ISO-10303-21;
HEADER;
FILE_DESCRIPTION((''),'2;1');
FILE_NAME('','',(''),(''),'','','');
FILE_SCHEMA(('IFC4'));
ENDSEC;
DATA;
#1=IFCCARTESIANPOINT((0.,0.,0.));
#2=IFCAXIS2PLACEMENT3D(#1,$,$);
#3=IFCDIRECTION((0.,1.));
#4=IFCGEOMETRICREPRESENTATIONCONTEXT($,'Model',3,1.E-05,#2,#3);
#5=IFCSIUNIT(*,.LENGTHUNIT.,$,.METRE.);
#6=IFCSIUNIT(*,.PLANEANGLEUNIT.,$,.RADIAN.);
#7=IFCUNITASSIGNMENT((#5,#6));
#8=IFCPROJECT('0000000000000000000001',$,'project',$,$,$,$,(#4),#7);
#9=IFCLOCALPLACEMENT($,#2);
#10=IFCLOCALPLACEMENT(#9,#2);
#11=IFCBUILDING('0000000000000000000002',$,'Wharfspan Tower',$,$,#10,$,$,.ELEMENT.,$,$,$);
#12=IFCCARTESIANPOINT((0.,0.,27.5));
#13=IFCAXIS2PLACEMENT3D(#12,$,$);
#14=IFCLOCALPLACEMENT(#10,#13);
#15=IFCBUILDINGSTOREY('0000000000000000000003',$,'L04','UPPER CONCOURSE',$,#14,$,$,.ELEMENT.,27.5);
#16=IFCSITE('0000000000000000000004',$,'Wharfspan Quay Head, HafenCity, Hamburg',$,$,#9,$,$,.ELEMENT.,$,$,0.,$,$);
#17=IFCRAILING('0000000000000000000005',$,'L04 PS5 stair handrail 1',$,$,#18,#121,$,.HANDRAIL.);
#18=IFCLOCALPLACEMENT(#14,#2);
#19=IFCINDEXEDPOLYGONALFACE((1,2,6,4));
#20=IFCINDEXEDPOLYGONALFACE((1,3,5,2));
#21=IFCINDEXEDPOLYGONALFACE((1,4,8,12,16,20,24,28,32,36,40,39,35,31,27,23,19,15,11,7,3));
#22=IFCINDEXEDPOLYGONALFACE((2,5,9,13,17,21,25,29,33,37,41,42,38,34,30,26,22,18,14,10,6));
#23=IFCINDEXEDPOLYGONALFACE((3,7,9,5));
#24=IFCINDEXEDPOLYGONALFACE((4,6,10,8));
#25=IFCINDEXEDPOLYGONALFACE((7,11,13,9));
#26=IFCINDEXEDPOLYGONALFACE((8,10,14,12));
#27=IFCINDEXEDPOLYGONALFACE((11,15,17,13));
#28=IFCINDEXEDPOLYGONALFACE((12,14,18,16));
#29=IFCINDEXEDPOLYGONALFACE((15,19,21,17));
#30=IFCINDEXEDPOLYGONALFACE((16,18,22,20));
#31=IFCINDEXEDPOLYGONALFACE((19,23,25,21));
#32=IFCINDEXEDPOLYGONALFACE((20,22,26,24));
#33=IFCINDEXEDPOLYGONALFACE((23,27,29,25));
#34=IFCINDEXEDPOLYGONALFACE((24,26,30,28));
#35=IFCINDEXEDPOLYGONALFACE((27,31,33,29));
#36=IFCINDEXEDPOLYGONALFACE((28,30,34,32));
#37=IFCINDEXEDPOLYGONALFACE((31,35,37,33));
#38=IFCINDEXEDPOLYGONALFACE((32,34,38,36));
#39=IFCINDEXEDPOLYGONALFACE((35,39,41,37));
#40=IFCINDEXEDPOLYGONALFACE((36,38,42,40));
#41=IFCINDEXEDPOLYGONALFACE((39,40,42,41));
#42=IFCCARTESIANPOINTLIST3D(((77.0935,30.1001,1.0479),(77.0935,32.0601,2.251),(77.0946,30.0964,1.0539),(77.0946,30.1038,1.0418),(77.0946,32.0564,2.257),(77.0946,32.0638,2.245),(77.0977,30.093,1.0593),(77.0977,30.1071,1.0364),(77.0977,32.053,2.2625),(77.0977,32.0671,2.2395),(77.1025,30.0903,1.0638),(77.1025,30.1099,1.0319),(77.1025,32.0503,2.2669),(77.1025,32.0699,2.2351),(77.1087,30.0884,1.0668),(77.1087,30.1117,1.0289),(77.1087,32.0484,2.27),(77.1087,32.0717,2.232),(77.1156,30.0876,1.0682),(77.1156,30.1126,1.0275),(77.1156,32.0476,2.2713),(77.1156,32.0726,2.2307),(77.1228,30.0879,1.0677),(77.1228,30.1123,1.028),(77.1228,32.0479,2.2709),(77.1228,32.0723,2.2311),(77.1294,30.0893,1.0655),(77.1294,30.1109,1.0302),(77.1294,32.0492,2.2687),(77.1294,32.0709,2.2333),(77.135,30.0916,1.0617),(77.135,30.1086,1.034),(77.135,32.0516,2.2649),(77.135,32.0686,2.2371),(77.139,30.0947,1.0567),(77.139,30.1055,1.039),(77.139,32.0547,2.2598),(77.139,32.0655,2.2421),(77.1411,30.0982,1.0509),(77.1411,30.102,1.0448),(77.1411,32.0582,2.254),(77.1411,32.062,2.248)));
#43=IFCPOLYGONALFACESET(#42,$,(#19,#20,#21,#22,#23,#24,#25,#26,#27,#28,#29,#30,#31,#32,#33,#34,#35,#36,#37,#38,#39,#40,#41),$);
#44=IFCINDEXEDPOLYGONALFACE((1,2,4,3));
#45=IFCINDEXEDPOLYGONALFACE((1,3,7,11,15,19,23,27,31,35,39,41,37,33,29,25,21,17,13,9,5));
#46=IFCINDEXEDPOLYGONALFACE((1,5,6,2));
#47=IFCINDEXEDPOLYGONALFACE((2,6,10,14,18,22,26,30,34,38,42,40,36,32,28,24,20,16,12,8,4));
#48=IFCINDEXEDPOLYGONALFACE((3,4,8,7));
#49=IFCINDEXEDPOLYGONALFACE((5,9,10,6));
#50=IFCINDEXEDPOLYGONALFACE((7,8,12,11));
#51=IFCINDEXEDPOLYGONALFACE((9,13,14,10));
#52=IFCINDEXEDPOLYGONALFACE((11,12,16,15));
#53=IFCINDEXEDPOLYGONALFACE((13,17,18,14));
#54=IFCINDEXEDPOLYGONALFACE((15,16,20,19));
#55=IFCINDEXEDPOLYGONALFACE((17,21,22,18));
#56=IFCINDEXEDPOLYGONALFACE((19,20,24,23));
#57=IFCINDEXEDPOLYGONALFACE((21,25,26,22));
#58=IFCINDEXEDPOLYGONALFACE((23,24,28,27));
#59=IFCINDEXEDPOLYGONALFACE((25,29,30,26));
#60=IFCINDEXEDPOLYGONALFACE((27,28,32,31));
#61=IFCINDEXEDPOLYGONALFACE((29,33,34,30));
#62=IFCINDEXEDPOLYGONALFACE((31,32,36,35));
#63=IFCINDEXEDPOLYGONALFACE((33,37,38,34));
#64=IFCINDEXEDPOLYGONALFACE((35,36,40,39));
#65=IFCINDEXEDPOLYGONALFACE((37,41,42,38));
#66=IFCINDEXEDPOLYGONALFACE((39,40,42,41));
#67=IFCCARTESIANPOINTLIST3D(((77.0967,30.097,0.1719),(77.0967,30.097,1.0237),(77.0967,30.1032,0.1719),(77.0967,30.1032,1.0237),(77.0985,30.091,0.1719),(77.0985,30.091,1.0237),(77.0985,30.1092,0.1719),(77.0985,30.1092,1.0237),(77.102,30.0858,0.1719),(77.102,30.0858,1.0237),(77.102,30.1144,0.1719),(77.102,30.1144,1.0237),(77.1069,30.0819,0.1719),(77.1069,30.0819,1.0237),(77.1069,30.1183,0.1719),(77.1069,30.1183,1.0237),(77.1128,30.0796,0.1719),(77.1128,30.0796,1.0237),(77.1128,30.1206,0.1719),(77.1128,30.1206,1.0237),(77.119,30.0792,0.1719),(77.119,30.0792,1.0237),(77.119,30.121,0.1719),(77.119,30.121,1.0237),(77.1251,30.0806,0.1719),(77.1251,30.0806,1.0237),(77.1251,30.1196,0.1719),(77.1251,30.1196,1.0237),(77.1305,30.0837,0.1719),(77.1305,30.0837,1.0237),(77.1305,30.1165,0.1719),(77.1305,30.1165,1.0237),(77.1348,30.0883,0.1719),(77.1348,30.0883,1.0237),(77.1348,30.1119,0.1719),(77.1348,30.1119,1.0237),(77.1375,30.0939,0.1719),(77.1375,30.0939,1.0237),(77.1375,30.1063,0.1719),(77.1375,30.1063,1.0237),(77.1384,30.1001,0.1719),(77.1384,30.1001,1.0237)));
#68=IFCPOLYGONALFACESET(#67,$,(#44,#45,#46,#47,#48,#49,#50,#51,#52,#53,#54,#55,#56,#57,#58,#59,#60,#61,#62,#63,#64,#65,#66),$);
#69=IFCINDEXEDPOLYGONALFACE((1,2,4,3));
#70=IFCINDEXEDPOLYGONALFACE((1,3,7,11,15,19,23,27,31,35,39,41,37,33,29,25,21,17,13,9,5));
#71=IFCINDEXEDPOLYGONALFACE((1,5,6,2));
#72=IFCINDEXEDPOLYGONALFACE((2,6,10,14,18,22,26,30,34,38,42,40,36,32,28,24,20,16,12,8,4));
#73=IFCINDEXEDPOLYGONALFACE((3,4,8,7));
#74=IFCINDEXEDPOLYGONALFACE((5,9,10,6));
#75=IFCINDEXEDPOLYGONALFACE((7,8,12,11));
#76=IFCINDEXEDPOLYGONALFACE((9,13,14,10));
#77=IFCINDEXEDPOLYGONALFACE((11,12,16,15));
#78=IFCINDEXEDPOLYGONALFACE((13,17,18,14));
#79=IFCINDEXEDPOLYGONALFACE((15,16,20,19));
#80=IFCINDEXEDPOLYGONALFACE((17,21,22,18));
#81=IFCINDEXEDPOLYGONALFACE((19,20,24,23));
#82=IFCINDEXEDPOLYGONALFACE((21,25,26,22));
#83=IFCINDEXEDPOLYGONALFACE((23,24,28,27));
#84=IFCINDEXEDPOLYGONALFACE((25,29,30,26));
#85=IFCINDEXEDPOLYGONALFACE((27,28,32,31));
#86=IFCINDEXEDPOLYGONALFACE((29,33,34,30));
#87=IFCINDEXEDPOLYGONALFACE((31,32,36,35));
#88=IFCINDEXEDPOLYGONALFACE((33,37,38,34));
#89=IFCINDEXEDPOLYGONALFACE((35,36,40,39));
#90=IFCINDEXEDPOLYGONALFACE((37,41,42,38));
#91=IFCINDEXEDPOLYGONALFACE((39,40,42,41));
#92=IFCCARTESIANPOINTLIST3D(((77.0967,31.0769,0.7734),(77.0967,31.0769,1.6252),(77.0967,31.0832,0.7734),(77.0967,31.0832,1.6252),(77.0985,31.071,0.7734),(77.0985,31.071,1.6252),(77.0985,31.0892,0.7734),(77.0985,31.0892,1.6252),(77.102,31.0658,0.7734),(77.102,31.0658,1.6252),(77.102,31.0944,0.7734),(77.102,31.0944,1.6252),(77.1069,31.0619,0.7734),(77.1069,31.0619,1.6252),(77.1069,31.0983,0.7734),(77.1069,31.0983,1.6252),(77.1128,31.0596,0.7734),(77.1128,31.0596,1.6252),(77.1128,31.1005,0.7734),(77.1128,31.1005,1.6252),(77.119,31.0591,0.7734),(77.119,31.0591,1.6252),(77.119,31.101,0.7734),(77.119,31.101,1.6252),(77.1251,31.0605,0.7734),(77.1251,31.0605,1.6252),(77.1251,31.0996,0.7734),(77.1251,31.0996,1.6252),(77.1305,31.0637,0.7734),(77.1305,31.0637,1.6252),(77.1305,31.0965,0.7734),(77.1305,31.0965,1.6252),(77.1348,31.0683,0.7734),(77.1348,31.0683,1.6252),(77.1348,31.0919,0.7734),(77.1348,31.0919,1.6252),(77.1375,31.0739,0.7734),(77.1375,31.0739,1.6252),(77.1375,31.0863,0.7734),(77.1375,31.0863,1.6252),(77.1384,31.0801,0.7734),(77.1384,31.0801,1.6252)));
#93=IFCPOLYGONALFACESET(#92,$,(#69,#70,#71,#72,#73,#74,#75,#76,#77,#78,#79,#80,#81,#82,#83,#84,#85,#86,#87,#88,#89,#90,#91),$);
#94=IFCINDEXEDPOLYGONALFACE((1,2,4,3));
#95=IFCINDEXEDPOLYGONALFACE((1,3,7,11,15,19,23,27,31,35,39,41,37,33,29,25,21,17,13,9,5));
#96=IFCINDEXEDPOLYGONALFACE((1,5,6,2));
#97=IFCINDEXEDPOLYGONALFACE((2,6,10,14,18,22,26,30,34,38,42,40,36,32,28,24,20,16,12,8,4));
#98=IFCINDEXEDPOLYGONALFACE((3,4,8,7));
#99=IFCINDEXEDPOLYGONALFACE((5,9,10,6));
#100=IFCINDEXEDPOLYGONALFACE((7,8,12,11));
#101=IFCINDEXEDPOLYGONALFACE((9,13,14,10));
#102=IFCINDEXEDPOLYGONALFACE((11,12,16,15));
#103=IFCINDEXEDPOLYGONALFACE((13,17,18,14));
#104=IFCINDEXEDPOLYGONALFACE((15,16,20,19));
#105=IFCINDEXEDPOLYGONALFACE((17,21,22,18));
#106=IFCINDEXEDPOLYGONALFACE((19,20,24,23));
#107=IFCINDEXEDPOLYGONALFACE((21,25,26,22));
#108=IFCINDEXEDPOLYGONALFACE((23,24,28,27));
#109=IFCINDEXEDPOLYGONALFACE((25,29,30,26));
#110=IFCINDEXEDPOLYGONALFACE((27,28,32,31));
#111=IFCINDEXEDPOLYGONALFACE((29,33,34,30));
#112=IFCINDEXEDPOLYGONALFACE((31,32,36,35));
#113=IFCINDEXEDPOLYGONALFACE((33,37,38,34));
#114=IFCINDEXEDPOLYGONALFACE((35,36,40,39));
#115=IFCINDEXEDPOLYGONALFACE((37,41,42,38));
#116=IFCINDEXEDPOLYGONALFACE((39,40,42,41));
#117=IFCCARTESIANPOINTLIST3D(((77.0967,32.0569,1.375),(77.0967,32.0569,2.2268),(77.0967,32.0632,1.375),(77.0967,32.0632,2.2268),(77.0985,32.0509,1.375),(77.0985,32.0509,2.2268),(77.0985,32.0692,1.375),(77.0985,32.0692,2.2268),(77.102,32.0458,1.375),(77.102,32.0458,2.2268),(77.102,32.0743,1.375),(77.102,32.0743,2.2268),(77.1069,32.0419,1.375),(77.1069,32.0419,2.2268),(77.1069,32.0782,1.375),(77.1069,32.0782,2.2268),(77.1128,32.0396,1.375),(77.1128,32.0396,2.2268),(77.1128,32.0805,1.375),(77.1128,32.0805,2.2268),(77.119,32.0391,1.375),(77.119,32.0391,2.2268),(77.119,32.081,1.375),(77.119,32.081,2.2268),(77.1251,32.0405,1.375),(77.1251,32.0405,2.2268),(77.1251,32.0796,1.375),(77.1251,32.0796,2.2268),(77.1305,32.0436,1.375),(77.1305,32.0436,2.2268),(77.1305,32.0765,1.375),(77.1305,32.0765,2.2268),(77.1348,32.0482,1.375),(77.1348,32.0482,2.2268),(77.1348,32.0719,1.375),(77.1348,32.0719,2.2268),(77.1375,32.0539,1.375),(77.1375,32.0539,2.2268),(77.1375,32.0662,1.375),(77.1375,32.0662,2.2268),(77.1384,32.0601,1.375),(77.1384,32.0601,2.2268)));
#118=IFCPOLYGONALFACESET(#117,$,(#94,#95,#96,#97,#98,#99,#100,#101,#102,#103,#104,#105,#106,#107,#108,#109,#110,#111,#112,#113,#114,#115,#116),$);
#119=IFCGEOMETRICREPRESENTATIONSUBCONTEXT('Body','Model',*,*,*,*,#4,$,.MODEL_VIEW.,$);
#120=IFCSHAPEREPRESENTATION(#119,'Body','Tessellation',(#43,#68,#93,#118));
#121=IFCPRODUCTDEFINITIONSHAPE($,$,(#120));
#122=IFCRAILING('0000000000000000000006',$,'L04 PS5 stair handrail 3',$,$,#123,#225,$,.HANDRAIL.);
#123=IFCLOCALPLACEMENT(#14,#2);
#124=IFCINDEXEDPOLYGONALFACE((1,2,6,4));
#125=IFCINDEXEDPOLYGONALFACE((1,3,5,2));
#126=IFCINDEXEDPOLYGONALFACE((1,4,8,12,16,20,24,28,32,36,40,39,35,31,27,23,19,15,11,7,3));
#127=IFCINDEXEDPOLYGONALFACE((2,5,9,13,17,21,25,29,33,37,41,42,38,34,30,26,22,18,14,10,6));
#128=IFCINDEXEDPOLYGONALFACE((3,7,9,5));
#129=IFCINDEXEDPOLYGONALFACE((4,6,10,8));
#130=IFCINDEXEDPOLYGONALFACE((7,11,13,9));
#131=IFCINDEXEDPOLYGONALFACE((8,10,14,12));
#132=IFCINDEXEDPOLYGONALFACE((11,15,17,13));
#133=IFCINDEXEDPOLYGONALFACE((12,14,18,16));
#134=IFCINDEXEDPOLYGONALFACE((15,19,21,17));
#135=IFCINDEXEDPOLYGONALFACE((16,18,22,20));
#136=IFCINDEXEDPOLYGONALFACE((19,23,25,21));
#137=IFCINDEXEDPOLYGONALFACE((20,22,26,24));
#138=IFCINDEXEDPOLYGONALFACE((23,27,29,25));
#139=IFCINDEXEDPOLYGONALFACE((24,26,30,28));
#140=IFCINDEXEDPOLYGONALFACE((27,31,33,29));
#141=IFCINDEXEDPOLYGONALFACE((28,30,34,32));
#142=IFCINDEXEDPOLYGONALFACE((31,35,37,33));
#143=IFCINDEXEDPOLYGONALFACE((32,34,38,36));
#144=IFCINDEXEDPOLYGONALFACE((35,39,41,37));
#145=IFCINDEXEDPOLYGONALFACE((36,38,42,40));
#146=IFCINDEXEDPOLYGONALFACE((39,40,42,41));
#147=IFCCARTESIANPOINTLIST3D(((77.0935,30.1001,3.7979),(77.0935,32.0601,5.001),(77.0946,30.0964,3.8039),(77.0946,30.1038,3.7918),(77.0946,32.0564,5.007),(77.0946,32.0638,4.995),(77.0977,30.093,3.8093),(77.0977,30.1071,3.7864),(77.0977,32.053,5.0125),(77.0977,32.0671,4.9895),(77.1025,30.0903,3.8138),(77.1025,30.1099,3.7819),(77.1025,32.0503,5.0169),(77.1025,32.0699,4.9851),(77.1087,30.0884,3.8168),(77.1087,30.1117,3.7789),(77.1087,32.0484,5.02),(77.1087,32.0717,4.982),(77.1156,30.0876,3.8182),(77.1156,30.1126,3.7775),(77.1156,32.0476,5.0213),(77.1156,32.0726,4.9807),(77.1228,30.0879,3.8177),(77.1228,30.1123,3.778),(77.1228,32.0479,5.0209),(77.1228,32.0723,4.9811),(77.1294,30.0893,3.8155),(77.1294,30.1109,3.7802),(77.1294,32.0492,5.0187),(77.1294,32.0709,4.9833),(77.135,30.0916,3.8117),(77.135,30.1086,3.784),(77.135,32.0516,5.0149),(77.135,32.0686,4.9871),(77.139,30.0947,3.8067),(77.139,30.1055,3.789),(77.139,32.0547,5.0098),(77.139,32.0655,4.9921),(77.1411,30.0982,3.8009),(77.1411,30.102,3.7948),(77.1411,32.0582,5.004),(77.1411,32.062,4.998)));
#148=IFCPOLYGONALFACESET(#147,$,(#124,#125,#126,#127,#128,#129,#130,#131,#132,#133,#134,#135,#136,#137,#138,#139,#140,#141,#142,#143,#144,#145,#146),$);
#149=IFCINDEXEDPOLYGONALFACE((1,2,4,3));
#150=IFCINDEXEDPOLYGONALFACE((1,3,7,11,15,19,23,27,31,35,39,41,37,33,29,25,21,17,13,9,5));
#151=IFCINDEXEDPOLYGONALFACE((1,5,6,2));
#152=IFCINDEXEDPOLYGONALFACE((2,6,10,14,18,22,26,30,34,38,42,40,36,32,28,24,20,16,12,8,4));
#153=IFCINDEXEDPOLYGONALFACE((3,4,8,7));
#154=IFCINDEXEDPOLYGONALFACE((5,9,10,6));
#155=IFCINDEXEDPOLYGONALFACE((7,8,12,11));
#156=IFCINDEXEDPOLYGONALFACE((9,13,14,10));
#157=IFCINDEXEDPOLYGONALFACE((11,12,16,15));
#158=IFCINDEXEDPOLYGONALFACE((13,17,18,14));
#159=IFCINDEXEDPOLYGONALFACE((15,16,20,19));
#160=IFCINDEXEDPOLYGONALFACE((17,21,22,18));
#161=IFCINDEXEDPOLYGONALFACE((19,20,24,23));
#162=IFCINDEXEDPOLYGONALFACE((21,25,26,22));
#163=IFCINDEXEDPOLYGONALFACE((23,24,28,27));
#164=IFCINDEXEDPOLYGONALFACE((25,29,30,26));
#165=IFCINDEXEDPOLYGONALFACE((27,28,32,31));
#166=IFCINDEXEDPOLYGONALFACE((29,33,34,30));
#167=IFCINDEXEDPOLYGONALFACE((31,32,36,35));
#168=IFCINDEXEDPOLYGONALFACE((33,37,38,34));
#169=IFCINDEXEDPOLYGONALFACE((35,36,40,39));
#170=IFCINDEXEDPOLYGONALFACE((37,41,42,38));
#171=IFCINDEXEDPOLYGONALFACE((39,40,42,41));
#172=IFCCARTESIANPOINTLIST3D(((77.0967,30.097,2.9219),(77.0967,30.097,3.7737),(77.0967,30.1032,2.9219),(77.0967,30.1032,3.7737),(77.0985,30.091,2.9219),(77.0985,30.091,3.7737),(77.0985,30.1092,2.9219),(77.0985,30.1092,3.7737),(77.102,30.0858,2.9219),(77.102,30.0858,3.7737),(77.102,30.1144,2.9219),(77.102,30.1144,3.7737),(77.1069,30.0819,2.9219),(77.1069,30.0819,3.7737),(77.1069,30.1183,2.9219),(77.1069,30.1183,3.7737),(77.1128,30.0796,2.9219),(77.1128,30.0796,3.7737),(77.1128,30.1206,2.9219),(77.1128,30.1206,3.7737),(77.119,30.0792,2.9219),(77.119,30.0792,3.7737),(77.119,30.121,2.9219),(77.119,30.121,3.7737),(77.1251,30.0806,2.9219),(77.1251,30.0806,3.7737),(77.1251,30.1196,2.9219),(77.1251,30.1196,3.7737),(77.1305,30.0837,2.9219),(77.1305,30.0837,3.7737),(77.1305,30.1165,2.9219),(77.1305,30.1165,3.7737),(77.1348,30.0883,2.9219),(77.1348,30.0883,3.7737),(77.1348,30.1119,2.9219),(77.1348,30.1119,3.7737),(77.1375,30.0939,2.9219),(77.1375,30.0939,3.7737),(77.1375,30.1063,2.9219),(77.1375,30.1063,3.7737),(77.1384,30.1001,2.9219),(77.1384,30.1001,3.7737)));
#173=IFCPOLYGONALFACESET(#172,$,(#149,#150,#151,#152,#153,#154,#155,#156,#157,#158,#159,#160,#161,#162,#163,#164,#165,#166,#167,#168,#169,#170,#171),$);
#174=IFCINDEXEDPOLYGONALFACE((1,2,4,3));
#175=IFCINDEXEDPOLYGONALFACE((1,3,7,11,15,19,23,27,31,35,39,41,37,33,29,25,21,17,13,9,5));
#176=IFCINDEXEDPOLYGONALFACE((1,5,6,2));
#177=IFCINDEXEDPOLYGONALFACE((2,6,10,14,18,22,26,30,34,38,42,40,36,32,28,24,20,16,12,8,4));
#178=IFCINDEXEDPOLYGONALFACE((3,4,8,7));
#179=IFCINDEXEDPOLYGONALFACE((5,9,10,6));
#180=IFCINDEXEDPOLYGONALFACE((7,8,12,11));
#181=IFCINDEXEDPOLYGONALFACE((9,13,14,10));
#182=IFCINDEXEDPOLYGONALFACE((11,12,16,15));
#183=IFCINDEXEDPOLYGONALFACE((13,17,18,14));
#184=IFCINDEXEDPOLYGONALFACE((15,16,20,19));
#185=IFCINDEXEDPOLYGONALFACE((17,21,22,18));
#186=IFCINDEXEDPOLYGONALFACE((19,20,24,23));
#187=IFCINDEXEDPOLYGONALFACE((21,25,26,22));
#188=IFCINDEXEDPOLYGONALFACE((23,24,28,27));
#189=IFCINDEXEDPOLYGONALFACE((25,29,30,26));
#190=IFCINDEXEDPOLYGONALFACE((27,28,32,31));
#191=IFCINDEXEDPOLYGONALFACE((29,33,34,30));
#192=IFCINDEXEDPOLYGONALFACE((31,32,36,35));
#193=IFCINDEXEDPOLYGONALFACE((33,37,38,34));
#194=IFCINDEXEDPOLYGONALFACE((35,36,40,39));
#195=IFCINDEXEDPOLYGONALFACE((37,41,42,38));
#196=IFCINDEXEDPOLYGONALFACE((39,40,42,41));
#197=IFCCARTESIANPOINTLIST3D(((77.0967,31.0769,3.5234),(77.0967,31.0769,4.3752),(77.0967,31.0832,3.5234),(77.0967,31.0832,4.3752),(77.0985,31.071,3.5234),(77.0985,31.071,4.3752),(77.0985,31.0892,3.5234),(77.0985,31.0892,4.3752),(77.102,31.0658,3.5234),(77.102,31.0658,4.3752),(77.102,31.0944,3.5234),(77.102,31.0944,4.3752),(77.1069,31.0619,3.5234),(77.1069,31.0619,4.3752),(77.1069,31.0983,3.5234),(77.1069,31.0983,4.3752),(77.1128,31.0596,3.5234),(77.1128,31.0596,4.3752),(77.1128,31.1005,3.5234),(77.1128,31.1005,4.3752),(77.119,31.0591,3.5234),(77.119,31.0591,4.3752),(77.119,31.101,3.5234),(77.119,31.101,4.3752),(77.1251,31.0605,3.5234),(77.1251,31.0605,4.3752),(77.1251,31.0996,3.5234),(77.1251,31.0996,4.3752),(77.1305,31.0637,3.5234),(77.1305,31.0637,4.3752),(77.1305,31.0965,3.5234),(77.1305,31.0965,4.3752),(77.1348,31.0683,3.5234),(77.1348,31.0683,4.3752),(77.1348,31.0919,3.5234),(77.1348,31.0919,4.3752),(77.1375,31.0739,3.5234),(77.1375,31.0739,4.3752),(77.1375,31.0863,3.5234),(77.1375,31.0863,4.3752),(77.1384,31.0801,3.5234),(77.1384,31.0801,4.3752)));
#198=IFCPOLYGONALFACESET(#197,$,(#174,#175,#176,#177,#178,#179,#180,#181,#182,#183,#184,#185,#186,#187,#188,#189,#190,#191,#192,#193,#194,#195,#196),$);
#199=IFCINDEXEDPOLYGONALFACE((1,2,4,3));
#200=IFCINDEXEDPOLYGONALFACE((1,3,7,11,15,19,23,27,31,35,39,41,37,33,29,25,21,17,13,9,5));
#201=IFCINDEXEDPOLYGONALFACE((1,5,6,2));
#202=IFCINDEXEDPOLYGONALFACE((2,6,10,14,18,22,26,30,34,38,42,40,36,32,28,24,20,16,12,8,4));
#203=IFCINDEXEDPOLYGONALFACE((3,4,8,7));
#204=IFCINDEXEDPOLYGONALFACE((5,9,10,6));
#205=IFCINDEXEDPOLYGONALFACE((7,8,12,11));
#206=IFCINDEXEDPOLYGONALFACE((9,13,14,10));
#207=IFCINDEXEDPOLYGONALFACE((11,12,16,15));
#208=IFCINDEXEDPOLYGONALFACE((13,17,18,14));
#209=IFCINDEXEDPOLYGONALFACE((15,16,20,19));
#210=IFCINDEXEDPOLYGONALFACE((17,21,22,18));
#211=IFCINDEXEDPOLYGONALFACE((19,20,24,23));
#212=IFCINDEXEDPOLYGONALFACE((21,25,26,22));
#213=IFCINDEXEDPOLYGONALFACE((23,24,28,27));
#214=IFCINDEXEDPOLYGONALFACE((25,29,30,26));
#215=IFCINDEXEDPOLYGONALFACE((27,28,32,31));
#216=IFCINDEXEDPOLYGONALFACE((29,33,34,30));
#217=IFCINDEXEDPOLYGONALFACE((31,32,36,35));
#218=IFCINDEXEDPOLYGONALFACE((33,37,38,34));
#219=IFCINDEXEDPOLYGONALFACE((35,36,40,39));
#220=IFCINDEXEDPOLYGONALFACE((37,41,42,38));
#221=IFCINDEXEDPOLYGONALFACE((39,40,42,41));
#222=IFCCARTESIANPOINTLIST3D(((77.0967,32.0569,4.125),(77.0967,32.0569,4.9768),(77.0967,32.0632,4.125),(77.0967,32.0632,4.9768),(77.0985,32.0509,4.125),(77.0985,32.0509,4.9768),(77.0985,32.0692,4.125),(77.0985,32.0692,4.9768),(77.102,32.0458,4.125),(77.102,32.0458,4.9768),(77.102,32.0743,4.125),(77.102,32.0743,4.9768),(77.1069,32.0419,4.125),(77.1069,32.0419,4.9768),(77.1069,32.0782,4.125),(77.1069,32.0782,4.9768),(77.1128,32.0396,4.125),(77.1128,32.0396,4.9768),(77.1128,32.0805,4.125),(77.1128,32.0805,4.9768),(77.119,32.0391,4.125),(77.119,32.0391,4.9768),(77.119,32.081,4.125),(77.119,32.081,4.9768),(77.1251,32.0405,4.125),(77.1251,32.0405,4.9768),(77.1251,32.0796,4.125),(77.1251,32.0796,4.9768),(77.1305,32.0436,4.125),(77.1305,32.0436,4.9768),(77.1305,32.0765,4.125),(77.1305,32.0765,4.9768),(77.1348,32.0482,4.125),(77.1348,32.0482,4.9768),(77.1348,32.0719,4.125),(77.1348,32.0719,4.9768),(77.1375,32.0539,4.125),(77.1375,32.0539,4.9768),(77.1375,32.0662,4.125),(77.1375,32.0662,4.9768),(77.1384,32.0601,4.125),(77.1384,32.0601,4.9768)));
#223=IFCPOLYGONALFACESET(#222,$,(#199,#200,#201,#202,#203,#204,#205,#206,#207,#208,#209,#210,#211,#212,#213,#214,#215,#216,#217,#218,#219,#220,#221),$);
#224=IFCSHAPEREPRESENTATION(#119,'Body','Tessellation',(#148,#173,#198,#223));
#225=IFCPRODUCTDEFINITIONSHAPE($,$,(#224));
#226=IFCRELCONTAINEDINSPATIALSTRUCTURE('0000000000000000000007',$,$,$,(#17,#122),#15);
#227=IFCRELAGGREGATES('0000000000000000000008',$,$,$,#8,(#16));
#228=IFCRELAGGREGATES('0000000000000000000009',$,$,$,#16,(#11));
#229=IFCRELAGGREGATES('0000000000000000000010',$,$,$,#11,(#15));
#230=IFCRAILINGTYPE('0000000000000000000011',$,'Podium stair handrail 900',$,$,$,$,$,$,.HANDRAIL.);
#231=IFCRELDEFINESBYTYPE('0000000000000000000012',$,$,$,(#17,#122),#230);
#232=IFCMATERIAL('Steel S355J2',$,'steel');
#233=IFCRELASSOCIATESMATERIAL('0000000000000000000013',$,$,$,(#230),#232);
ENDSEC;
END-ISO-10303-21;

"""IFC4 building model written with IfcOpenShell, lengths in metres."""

from ifc_helpers import new_model, si_unit, direction, frame, origin, origin_2d, place, context, subcontext, project, spatial, circle, extrude, material, type_object, element, save


model = new_model("IFC4")

# Units and contexts
model_context = context("Model", 3, precision=1e-05, world=origin(), true_north=direction((0.0, 1.0)))
body_context = subcontext(model_context, "Body", "Model", "MODEL_VIEW")
ifc_project = project(units=[si_unit("LENGTHUNIT", "METRE"), si_unit("PLANEANGLEUNIT", "RADIAN")], contexts=[model_context])

# Site, building, storey
site_placement = place(None, origin())
site = spatial("IfcSite", under=ifc_project, at=site_placement, Name="Wharfspan Quay Head, HafenCity, Hamburg", CompositionType="ELEMENT", RefElevation=0.0)
building_placement = place(site_placement, origin())
building = spatial("IfcBuilding", under=site, at=building_placement, Name="Wharfspan Tower", CompositionType="ELEMENT")
storey_placement = place(building_placement, frame((0.0, 0.0, 27.5)))
storey = spatial("IfcBuildingStorey", under=building, at=storey_placement, Name="L04", Description="UPPER CONCOURSE", CompositionType="ELEMENT", Elevation=27.5)

# Railings
ifc_material_1 = material(Name="Steel S355J2", Category="steel")
railing_type_1 = type_object("IfcRailingType", Name="Podium stair handrail 900", PredefinedType="HANDRAIL", material=ifc_material_1)
for number, where, name in (
    (1, (77.1174, 30.1001, 0.1719), "L04 PS5 stair handrail 1"),
    (2, (77.1174, 30.1001, 2.9219), "L04 PS5 stair handrail 3"),
):
    element("IfcRailing", number, at=place(storey_placement, frame(where)), inside=storey, type_object=railing_type_1, Name=name, PredefinedType="HANDRAIL", context=body_context, shape_type="SweptSolid", body=[
        extrude(circle(Radius=0.0239, at=origin_2d()), frame((0.0, 0.0, 0.876), z_axis=(0.0, 0.852241, 0.523149), x_axis=(-1.0, 0.0, 0.0)), (0.0, 0.0, 1.0), 2.2998),
        extrude(circle(Radius=0.021, at=origin_2d()), origin(), (0.0, 0.0, 1.0), 0.8518),
        extrude(circle(Radius=0.021, at=origin_2d()), frame((0.0, 0.98, 0.6016)), (0.0, 0.0, 1.0), 0.8518),
        extrude(circle(Radius=0.021, at=origin_2d()), frame((0.0, 1.96, 1.2031)), (0.0, 0.0, 1.0), 0.8518),
    ])

save(model, "model.ifc")
